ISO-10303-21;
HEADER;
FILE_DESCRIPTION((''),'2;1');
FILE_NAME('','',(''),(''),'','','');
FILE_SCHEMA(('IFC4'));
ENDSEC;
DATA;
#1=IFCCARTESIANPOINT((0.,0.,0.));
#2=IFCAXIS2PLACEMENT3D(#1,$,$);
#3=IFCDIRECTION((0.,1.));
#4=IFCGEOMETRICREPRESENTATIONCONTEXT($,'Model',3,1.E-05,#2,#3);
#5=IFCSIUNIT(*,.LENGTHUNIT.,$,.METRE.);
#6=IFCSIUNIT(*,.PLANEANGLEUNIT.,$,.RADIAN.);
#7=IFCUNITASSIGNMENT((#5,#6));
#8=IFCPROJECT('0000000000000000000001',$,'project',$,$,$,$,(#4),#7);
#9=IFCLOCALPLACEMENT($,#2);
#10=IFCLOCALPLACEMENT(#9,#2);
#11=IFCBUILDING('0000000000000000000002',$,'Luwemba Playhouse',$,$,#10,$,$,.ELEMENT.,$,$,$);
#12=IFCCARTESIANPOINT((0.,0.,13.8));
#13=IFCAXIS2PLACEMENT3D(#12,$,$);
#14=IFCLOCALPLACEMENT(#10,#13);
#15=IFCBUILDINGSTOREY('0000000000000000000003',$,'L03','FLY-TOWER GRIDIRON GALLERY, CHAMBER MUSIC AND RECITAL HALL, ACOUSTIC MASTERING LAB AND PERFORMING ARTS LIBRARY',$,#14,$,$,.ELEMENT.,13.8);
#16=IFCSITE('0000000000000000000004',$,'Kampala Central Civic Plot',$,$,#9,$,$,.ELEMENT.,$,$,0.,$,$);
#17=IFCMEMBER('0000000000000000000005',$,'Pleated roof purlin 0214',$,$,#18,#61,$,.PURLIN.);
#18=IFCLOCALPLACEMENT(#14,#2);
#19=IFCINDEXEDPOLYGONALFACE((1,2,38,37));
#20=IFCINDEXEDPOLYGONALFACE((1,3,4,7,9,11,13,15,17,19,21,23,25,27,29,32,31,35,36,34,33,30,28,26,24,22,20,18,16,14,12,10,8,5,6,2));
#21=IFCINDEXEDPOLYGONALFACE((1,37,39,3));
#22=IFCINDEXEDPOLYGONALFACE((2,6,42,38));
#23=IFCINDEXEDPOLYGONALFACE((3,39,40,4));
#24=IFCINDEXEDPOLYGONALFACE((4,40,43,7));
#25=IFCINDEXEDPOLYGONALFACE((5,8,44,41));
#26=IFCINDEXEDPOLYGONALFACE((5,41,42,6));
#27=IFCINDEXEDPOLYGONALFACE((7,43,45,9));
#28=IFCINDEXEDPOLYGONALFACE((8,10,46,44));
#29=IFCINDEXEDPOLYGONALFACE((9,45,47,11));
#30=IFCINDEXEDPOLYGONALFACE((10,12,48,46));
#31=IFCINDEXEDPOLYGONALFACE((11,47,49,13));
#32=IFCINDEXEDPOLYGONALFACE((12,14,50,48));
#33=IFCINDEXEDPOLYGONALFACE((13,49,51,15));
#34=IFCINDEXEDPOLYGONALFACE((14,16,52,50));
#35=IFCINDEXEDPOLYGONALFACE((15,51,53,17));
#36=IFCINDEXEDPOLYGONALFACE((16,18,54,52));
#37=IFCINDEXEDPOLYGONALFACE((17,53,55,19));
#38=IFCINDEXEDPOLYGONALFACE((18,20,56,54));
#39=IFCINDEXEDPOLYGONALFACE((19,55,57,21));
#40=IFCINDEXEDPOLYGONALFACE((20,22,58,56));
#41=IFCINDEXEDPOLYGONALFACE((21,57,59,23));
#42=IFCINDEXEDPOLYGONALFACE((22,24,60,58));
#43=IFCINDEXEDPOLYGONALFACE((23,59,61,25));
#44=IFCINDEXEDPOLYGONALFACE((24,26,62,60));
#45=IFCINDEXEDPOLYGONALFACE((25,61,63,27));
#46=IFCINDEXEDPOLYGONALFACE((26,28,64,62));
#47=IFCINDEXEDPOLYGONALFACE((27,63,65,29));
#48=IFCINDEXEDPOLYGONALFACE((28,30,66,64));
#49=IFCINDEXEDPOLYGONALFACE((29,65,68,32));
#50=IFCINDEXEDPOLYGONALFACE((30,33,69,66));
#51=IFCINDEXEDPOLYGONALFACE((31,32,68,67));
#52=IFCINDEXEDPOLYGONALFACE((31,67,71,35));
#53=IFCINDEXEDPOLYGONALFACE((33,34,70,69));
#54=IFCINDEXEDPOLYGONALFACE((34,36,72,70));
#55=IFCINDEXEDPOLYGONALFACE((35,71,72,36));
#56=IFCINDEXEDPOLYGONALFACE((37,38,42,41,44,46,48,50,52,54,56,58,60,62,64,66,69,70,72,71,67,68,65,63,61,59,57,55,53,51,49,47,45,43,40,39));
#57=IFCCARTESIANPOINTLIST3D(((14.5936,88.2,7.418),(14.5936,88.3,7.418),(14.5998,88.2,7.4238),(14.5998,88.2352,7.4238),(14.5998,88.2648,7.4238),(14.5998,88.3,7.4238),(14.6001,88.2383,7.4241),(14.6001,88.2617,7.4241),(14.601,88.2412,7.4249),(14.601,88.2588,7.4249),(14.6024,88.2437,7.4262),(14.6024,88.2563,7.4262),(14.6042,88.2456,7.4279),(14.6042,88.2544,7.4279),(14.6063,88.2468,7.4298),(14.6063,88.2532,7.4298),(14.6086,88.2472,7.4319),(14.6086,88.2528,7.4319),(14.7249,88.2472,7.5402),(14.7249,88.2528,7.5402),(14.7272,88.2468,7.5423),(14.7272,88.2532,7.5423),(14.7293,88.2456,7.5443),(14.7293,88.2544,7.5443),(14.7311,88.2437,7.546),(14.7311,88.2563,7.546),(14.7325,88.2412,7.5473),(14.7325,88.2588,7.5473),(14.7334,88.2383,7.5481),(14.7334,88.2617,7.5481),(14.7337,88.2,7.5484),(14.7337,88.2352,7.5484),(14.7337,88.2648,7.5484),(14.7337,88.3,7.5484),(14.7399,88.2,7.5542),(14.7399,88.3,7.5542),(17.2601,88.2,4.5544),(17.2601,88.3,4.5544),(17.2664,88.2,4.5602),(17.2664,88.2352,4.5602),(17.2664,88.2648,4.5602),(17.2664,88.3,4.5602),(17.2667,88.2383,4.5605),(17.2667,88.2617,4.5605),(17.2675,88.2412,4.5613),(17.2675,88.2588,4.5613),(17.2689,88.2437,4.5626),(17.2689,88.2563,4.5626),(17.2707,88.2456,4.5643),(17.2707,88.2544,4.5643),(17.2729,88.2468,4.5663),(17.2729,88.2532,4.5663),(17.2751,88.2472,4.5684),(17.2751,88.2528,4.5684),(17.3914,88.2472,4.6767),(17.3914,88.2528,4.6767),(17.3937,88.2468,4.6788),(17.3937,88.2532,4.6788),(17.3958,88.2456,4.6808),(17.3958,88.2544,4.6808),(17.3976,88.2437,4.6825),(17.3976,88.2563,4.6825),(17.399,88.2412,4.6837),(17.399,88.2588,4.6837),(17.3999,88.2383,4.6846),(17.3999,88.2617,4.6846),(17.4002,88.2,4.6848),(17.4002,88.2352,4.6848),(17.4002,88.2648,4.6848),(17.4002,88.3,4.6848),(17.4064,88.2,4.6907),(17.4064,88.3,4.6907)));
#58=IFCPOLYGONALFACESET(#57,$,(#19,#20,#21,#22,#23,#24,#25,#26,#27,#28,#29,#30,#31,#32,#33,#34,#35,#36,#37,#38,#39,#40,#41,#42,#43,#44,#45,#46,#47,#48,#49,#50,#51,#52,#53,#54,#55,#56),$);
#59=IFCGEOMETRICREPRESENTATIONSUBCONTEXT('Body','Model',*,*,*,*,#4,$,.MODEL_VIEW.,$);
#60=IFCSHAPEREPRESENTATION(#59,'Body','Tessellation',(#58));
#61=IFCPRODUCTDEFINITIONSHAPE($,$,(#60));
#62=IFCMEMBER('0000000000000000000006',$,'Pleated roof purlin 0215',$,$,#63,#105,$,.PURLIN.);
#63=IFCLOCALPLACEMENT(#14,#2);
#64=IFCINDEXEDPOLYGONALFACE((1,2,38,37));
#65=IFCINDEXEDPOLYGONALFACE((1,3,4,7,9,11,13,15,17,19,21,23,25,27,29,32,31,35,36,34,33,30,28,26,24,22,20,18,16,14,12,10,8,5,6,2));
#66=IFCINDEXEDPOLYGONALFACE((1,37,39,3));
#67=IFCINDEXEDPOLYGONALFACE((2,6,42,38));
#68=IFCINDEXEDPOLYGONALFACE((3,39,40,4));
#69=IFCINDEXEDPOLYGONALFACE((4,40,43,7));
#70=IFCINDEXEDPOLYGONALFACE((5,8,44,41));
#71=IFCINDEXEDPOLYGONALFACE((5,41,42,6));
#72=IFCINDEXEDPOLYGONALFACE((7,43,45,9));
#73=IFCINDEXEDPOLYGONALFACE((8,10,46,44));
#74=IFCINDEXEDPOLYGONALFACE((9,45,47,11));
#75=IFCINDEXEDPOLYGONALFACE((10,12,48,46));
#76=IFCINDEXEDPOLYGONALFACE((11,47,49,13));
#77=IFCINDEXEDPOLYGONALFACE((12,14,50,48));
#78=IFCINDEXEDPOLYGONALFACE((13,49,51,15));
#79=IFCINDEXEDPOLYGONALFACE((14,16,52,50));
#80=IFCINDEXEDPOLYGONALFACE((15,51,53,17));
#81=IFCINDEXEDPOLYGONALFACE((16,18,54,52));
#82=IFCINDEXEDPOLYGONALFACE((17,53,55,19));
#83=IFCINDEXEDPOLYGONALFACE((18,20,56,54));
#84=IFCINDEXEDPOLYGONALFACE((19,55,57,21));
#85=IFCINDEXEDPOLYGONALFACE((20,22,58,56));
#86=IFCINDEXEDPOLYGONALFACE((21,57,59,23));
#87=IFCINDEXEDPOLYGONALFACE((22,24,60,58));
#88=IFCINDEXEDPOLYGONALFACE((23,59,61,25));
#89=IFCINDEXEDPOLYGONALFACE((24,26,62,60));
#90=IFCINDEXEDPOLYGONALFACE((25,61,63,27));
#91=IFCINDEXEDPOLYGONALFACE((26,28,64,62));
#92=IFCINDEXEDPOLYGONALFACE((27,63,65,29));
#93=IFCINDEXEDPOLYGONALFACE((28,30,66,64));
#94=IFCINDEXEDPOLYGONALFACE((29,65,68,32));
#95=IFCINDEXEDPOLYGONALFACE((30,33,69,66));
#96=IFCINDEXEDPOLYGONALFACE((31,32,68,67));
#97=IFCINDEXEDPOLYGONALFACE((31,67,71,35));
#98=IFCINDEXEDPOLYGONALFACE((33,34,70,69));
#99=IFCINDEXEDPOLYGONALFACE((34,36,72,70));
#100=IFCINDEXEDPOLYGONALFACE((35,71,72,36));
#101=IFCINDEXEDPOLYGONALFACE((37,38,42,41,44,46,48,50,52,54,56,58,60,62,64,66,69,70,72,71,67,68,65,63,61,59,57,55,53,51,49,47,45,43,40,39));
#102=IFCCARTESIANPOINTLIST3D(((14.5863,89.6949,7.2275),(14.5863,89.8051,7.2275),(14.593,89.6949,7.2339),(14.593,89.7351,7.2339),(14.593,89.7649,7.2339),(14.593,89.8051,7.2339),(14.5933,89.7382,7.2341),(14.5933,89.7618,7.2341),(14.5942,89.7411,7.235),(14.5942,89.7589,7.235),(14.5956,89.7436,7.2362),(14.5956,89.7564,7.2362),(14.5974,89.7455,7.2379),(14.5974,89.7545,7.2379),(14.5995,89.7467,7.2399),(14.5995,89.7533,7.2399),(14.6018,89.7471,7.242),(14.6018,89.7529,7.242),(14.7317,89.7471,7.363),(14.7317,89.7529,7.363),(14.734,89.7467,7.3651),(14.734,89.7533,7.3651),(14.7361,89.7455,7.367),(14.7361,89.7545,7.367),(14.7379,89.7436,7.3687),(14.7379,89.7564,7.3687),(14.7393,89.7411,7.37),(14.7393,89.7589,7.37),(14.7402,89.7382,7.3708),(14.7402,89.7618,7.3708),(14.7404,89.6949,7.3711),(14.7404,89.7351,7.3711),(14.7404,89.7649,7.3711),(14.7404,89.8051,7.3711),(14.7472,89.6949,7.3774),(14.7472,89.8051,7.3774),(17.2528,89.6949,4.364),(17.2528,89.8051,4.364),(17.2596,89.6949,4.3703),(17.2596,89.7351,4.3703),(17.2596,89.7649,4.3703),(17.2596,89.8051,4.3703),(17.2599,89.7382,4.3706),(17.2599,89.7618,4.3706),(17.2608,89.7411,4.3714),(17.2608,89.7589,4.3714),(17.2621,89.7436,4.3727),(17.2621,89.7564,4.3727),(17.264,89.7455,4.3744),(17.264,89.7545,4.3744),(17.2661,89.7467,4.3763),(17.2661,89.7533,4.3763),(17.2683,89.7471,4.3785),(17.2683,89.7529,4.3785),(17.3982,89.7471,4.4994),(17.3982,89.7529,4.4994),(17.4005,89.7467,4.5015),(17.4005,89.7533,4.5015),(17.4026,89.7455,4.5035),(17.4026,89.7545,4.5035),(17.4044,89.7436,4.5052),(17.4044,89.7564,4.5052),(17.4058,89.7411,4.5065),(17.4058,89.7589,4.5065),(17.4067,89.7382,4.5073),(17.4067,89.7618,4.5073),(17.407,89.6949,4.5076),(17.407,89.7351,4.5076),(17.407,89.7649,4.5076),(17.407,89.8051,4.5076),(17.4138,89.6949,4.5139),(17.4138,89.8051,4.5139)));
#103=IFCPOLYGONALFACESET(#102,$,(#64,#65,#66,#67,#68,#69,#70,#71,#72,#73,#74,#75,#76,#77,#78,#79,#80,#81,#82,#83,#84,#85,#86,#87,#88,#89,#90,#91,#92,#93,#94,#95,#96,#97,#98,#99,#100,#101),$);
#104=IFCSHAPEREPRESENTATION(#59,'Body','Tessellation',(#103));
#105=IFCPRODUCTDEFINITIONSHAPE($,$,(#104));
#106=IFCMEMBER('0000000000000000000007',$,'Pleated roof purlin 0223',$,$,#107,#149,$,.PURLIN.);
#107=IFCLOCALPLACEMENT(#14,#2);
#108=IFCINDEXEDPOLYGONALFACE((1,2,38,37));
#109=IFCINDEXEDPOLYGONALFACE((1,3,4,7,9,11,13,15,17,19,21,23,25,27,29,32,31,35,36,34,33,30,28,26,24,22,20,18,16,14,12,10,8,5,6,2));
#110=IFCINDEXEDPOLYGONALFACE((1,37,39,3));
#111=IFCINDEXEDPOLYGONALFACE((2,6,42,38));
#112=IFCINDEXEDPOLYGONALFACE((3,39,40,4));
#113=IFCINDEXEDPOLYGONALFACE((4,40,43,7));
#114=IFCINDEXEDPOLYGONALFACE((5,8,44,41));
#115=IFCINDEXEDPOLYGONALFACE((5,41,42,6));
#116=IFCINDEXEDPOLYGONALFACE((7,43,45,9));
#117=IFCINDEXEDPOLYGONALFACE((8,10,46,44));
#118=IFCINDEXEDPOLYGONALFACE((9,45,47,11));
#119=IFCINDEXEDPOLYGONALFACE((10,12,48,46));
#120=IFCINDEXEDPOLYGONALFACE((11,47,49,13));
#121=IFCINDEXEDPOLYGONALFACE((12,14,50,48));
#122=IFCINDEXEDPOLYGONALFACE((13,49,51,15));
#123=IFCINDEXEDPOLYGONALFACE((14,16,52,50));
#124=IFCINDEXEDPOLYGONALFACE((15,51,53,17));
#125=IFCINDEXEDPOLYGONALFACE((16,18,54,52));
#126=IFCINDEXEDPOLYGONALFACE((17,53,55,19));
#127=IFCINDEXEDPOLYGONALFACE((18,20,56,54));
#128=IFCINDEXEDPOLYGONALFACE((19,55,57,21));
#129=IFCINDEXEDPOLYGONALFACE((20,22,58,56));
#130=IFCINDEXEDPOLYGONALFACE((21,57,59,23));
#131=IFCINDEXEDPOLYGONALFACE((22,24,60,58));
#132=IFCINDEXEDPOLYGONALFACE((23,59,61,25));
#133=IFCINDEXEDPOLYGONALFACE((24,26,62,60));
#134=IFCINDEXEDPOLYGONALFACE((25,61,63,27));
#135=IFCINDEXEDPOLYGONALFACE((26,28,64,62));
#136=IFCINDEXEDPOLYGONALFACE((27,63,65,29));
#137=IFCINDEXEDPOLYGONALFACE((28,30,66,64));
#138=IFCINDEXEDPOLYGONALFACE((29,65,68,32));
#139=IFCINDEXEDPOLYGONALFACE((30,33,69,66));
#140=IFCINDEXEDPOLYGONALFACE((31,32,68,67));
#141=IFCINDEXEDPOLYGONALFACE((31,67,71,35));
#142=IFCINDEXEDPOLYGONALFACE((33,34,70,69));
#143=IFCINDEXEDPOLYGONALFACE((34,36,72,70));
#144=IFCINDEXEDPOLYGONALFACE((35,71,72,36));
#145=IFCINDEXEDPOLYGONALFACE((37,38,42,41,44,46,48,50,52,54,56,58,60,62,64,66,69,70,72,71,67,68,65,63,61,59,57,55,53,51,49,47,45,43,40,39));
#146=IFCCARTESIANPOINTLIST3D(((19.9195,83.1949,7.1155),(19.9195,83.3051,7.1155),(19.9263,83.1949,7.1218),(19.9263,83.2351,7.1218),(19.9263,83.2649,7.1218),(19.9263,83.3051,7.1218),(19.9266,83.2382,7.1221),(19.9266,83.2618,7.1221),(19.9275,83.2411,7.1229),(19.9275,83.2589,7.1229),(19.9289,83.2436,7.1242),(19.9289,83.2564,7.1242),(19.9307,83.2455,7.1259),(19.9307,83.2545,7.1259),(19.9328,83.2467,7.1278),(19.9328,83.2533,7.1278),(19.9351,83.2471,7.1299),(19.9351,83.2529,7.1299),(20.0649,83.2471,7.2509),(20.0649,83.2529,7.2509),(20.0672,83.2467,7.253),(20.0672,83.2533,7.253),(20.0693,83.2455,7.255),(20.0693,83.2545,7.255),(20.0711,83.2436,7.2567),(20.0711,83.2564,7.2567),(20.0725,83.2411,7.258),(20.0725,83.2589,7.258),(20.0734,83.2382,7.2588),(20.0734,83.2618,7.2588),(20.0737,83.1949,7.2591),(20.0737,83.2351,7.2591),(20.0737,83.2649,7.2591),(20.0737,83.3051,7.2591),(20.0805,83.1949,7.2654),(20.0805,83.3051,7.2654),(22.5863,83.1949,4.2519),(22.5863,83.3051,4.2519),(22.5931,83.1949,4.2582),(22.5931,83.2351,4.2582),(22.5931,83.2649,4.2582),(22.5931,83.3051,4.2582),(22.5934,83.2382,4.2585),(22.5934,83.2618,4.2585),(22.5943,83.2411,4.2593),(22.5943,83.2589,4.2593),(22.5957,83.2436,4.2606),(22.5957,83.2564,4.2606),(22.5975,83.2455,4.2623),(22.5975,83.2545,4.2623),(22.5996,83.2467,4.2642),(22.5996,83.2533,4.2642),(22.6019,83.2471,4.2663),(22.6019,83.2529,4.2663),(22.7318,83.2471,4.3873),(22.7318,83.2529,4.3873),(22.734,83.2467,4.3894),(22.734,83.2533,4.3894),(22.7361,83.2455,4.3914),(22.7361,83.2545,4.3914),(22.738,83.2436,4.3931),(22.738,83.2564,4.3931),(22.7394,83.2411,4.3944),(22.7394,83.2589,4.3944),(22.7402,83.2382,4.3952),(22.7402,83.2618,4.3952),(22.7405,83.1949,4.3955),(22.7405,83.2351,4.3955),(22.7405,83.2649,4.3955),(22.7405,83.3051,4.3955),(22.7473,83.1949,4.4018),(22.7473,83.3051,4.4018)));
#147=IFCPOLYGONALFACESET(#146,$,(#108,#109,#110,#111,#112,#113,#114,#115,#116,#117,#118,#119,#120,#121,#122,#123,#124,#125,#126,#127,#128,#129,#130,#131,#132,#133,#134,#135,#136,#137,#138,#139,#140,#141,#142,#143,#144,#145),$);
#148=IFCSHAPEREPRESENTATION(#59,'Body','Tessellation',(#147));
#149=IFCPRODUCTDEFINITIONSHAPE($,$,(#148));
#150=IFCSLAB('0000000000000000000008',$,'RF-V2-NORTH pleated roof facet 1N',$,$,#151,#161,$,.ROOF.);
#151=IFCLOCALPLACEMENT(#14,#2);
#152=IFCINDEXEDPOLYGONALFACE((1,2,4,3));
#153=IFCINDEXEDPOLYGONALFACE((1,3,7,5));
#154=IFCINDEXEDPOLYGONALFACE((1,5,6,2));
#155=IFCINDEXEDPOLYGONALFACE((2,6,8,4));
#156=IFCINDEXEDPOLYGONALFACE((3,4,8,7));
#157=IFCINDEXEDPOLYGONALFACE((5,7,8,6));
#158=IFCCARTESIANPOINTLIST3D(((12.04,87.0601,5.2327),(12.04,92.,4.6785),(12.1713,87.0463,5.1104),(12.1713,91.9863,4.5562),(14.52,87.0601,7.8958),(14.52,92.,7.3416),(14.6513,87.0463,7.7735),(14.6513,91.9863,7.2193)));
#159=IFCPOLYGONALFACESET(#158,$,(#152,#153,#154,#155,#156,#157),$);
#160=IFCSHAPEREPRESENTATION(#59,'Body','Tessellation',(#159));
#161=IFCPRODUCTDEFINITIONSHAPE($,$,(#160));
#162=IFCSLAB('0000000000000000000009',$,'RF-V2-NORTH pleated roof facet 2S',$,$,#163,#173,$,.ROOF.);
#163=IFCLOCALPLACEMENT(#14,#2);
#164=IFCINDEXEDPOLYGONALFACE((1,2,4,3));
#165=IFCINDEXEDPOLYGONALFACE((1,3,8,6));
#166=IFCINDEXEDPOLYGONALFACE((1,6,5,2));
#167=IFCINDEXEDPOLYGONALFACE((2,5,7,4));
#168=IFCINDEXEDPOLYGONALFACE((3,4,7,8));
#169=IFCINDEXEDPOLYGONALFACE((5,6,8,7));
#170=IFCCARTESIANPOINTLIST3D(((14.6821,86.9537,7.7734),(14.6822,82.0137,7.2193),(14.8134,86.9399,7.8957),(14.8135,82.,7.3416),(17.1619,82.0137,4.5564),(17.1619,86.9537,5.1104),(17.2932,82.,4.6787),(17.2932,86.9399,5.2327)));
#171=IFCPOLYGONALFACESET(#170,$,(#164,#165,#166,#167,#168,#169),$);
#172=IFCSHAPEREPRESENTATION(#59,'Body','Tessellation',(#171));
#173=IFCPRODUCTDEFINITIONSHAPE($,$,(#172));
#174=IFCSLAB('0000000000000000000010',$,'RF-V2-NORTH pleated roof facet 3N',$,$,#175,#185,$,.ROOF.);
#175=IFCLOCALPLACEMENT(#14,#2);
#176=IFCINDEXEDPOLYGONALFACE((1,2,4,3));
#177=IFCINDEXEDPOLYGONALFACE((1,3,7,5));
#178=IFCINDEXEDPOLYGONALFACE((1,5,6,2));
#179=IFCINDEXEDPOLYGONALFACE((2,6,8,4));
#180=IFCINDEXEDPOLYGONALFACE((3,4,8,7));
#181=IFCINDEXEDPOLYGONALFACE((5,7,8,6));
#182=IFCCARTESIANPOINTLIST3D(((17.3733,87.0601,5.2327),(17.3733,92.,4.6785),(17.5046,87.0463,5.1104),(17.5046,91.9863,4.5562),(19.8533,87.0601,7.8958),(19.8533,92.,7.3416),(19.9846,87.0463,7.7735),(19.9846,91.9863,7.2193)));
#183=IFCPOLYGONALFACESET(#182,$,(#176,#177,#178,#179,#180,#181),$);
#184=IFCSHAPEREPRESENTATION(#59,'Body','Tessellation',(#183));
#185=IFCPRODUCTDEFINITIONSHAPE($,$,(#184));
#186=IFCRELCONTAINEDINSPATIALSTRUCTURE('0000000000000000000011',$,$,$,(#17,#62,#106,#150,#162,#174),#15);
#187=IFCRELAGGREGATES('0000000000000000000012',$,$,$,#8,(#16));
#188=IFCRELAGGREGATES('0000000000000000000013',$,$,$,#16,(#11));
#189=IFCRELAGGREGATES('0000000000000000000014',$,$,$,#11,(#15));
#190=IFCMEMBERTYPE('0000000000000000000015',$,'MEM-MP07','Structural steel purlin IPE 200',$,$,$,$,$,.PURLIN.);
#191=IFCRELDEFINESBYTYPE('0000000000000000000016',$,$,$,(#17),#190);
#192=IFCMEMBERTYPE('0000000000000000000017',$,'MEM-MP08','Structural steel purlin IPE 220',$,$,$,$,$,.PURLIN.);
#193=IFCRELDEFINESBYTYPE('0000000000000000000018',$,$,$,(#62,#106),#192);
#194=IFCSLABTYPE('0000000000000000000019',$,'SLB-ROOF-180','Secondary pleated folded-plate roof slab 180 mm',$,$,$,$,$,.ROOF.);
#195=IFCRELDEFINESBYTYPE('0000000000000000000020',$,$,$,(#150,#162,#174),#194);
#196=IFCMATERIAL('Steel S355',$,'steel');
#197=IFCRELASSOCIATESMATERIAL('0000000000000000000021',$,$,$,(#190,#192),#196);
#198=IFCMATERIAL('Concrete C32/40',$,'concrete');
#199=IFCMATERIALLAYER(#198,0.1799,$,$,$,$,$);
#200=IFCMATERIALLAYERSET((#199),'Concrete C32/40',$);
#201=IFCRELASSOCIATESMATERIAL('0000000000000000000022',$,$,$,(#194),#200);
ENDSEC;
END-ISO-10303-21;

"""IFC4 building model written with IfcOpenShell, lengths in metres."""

from ifc_helpers import new_model, si_unit, direction, frame, origin, origin_2d, place, context, subcontext, project, spatial, polyline, i_section, outline, extrude, material, layer, layer_set, material_profile, profile_set, type_object, element, save


model = new_model("IFC4")

# Units and contexts
model_context = context("Model", 3, precision=1e-05, world=origin(), true_north=direction((0.0, 1.0)))
body_context = subcontext(model_context, "Body", "Model", "MODEL_VIEW")
ifc_project = project(units=[si_unit("LENGTHUNIT", "METRE"), si_unit("PLANEANGLEUNIT", "RADIAN")], contexts=[model_context])

# Site, building, storey
site_placement = place(None, origin())
site = spatial("IfcSite", under=ifc_project, at=site_placement, Name="Kampala Central Civic Plot", CompositionType="ELEMENT", RefElevation=0.0)
building_placement = place(site_placement, origin())
building = spatial("IfcBuilding", under=site, at=building_placement, Name="Luwemba Playhouse", CompositionType="ELEMENT")
storey_placement = place(building_placement, frame((0.0, 0.0, 13.8)))
storey = spatial("IfcBuildingStorey", under=building, at=storey_placement, Name="L03", Description="FLY-TOWER GRIDIRON GALLERY, CHAMBER MUSIC AND RECITAL HALL, ACOUSTIC MASTERING LAB AND PERFORMING ARTS LIBRARY", CompositionType="ELEMENT", Elevation=13.8)

# Shared definitions
ifc_material_1 = material(Name="Steel S355", Category="steel")

# Members
ifc_material_profile_1 = material_profile(ifc_material_1, i_section(OverallWidth=0.1001, OverallDepth=0.2, WebThickness=0.0056, FlangeThickness=0.0085, FilletRadius=0.012, at=origin_2d()))
ifc_profile_set_1 = profile_set([ifc_material_profile_1], Name="Steel S355")
member_type_1 = type_object("IfcMemberType", Name="MEM-MP07", Description="Structural steel purlin IPE 200", PredefinedType="PURLIN", material=ifc_profile_set_1)
member_1_placement = place(storey_placement, frame((14.6667, 88.25, 7.4861), z_axis=(0.681482, 0.0, -0.731835), x_axis=(0.0, 1.0, 0.0)))
element("IfcMember", 1, at=member_1_placement, inside=storey, type_object=member_type_1, Name="Pleated roof purlin 0214", PredefinedType="PURLIN", context=body_context, shape_type="SweptSolid", body=[
    extrude(i_section(OverallWidth=0.1001, OverallDepth=0.2, WebThickness=0.0056, FlangeThickness=0.0085, FilletRadius=0.012, at=origin_2d()), origin(), (0.0, 0.0, 1.0), 3.9128),
])
ifc_material_profile_2 = material_profile(ifc_material_1, i_section(OverallWidth=0.1101, OverallDepth=0.22, WebThickness=0.0059, FlangeThickness=0.0093, FilletRadius=0.012, at=origin_2d()))
ifc_profile_set_2 = profile_set([ifc_material_profile_2], Name="Steel S355")
member_type_2 = type_object("IfcMemberType", Name="MEM-MP08", Description="Structural steel purlin IPE 220", PredefinedType="PURLIN", material=ifc_profile_set_2)
member_2_placement = place(storey_placement, frame((14.6667, 89.75, 7.3025), z_axis=(0.681482, 0.0, -0.731835), x_axis=(0.0, 1.0, 0.0)))
element("IfcMember", 2, at=member_2_placement, inside=storey, type_object=member_type_2, Name="Pleated roof purlin 0215", PredefinedType="PURLIN", context=body_context, shape_type="SweptSolid", body=[
    extrude(i_section(OverallWidth=0.1101, OverallDepth=0.22, WebThickness=0.0059, FlangeThickness=0.0093, FilletRadius=0.012, at=origin_2d()), origin(), (0.0, 0.0, 1.0), 3.9128),
])
member_3_placement = place(storey_placement, frame((20.0, 83.25, 7.1904), z_axis=(0.681515, 0.0, -0.731804), x_axis=(0.0, 1.0, 0.0)))
element("IfcMember", 3, at=member_3_placement, inside=storey, type_object=member_type_2, Name="Pleated roof purlin 0223", PredefinedType="PURLIN", context=body_context, shape_type="SweptSolid", body=[
    extrude(i_section(OverallWidth=0.1101, OverallDepth=0.22, WebThickness=0.0059, FlangeThickness=0.0093, FilletRadius=0.012, at=origin_2d()), origin(), (0.0, 0.0, 1.0), 3.9131),
])

# Slabs
ifc_material_2 = material(Name="Concrete C32/40", Category="concrete")
ifc_layer_1 = layer(ifc_material_2, 0.1799)
ifc_layer_set_1 = layer_set([ifc_layer_1], Name="Concrete C32/40")
slab_type = type_object("IfcSlabType", Name="SLB-ROOF-180", Description="Secondary pleated folded-plate roof slab 180 mm", PredefinedType="ROOF", material=ifc_layer_set_1)
slab_1_placement = place(storey_placement, frame((12.04, 87.0601, 5.2327), z_axis=(-0.729688, 0.076233, 0.679517), x_axis=(0.6815, 0.0, 0.731818)))
element("IfcSlab", 4, at=slab_1_placement, inside=storey, type_object=slab_type, Name="RF-V2-NORTH pleated roof facet 1N", PredefinedType="ROOF", context=body_context, shape_type="SweptSolid", body=[
    extrude(outline(polyline([(0.0, 0.0), (3.639, 0.0), (3.2334, 4.9544), (-0.4056, 4.9544), (0.0, 0.0)])), origin(), (0.0, 0.0, -1.0), 0.1799),
])
slab_2_placement = place(storey_placement, frame((14.8135, 82.0, 7.3416), z_axis=(0.729707, -0.076214, 0.679499), x_axis=(0.681481, 0.000002, -0.731836)))
element("IfcSlab", 5, at=slab_2_placement, inside=storey, type_object=slab_type, Name="RF-V2-NORTH pleated roof facet 2S", PredefinedType="ROOF", context=body_context, shape_type="SweptSolid", body=[
    extrude(outline(polyline([(0.0, 0.0), (3.6387, 0.0), (3.2333, 4.9543), (-0.4056, 4.9544), (0.0, 0.0)])), origin(), (0.0, 0.0, -1.0), 0.1799),
])
slab_3_placement = place(storey_placement, frame((17.3733, 87.0601, 5.2327), z_axis=(-0.729688, 0.076233, 0.679517), x_axis=(0.6815, 0.0, 0.731818)))
element("IfcSlab", 6, at=slab_3_placement, inside=storey, type_object=slab_type, Name="RF-V2-NORTH pleated roof facet 3N", PredefinedType="ROOF", context=body_context, shape_type="SweptSolid", body=[
    extrude(outline(polyline([(0.0, 0.0), (3.639, 0.0), (3.2334, 4.9544), (-0.4056, 4.9544), (0.0, 0.0)])), origin(), (0.0, 0.0, -1.0), 0.1799),
])

save(model, "model.ifc")
